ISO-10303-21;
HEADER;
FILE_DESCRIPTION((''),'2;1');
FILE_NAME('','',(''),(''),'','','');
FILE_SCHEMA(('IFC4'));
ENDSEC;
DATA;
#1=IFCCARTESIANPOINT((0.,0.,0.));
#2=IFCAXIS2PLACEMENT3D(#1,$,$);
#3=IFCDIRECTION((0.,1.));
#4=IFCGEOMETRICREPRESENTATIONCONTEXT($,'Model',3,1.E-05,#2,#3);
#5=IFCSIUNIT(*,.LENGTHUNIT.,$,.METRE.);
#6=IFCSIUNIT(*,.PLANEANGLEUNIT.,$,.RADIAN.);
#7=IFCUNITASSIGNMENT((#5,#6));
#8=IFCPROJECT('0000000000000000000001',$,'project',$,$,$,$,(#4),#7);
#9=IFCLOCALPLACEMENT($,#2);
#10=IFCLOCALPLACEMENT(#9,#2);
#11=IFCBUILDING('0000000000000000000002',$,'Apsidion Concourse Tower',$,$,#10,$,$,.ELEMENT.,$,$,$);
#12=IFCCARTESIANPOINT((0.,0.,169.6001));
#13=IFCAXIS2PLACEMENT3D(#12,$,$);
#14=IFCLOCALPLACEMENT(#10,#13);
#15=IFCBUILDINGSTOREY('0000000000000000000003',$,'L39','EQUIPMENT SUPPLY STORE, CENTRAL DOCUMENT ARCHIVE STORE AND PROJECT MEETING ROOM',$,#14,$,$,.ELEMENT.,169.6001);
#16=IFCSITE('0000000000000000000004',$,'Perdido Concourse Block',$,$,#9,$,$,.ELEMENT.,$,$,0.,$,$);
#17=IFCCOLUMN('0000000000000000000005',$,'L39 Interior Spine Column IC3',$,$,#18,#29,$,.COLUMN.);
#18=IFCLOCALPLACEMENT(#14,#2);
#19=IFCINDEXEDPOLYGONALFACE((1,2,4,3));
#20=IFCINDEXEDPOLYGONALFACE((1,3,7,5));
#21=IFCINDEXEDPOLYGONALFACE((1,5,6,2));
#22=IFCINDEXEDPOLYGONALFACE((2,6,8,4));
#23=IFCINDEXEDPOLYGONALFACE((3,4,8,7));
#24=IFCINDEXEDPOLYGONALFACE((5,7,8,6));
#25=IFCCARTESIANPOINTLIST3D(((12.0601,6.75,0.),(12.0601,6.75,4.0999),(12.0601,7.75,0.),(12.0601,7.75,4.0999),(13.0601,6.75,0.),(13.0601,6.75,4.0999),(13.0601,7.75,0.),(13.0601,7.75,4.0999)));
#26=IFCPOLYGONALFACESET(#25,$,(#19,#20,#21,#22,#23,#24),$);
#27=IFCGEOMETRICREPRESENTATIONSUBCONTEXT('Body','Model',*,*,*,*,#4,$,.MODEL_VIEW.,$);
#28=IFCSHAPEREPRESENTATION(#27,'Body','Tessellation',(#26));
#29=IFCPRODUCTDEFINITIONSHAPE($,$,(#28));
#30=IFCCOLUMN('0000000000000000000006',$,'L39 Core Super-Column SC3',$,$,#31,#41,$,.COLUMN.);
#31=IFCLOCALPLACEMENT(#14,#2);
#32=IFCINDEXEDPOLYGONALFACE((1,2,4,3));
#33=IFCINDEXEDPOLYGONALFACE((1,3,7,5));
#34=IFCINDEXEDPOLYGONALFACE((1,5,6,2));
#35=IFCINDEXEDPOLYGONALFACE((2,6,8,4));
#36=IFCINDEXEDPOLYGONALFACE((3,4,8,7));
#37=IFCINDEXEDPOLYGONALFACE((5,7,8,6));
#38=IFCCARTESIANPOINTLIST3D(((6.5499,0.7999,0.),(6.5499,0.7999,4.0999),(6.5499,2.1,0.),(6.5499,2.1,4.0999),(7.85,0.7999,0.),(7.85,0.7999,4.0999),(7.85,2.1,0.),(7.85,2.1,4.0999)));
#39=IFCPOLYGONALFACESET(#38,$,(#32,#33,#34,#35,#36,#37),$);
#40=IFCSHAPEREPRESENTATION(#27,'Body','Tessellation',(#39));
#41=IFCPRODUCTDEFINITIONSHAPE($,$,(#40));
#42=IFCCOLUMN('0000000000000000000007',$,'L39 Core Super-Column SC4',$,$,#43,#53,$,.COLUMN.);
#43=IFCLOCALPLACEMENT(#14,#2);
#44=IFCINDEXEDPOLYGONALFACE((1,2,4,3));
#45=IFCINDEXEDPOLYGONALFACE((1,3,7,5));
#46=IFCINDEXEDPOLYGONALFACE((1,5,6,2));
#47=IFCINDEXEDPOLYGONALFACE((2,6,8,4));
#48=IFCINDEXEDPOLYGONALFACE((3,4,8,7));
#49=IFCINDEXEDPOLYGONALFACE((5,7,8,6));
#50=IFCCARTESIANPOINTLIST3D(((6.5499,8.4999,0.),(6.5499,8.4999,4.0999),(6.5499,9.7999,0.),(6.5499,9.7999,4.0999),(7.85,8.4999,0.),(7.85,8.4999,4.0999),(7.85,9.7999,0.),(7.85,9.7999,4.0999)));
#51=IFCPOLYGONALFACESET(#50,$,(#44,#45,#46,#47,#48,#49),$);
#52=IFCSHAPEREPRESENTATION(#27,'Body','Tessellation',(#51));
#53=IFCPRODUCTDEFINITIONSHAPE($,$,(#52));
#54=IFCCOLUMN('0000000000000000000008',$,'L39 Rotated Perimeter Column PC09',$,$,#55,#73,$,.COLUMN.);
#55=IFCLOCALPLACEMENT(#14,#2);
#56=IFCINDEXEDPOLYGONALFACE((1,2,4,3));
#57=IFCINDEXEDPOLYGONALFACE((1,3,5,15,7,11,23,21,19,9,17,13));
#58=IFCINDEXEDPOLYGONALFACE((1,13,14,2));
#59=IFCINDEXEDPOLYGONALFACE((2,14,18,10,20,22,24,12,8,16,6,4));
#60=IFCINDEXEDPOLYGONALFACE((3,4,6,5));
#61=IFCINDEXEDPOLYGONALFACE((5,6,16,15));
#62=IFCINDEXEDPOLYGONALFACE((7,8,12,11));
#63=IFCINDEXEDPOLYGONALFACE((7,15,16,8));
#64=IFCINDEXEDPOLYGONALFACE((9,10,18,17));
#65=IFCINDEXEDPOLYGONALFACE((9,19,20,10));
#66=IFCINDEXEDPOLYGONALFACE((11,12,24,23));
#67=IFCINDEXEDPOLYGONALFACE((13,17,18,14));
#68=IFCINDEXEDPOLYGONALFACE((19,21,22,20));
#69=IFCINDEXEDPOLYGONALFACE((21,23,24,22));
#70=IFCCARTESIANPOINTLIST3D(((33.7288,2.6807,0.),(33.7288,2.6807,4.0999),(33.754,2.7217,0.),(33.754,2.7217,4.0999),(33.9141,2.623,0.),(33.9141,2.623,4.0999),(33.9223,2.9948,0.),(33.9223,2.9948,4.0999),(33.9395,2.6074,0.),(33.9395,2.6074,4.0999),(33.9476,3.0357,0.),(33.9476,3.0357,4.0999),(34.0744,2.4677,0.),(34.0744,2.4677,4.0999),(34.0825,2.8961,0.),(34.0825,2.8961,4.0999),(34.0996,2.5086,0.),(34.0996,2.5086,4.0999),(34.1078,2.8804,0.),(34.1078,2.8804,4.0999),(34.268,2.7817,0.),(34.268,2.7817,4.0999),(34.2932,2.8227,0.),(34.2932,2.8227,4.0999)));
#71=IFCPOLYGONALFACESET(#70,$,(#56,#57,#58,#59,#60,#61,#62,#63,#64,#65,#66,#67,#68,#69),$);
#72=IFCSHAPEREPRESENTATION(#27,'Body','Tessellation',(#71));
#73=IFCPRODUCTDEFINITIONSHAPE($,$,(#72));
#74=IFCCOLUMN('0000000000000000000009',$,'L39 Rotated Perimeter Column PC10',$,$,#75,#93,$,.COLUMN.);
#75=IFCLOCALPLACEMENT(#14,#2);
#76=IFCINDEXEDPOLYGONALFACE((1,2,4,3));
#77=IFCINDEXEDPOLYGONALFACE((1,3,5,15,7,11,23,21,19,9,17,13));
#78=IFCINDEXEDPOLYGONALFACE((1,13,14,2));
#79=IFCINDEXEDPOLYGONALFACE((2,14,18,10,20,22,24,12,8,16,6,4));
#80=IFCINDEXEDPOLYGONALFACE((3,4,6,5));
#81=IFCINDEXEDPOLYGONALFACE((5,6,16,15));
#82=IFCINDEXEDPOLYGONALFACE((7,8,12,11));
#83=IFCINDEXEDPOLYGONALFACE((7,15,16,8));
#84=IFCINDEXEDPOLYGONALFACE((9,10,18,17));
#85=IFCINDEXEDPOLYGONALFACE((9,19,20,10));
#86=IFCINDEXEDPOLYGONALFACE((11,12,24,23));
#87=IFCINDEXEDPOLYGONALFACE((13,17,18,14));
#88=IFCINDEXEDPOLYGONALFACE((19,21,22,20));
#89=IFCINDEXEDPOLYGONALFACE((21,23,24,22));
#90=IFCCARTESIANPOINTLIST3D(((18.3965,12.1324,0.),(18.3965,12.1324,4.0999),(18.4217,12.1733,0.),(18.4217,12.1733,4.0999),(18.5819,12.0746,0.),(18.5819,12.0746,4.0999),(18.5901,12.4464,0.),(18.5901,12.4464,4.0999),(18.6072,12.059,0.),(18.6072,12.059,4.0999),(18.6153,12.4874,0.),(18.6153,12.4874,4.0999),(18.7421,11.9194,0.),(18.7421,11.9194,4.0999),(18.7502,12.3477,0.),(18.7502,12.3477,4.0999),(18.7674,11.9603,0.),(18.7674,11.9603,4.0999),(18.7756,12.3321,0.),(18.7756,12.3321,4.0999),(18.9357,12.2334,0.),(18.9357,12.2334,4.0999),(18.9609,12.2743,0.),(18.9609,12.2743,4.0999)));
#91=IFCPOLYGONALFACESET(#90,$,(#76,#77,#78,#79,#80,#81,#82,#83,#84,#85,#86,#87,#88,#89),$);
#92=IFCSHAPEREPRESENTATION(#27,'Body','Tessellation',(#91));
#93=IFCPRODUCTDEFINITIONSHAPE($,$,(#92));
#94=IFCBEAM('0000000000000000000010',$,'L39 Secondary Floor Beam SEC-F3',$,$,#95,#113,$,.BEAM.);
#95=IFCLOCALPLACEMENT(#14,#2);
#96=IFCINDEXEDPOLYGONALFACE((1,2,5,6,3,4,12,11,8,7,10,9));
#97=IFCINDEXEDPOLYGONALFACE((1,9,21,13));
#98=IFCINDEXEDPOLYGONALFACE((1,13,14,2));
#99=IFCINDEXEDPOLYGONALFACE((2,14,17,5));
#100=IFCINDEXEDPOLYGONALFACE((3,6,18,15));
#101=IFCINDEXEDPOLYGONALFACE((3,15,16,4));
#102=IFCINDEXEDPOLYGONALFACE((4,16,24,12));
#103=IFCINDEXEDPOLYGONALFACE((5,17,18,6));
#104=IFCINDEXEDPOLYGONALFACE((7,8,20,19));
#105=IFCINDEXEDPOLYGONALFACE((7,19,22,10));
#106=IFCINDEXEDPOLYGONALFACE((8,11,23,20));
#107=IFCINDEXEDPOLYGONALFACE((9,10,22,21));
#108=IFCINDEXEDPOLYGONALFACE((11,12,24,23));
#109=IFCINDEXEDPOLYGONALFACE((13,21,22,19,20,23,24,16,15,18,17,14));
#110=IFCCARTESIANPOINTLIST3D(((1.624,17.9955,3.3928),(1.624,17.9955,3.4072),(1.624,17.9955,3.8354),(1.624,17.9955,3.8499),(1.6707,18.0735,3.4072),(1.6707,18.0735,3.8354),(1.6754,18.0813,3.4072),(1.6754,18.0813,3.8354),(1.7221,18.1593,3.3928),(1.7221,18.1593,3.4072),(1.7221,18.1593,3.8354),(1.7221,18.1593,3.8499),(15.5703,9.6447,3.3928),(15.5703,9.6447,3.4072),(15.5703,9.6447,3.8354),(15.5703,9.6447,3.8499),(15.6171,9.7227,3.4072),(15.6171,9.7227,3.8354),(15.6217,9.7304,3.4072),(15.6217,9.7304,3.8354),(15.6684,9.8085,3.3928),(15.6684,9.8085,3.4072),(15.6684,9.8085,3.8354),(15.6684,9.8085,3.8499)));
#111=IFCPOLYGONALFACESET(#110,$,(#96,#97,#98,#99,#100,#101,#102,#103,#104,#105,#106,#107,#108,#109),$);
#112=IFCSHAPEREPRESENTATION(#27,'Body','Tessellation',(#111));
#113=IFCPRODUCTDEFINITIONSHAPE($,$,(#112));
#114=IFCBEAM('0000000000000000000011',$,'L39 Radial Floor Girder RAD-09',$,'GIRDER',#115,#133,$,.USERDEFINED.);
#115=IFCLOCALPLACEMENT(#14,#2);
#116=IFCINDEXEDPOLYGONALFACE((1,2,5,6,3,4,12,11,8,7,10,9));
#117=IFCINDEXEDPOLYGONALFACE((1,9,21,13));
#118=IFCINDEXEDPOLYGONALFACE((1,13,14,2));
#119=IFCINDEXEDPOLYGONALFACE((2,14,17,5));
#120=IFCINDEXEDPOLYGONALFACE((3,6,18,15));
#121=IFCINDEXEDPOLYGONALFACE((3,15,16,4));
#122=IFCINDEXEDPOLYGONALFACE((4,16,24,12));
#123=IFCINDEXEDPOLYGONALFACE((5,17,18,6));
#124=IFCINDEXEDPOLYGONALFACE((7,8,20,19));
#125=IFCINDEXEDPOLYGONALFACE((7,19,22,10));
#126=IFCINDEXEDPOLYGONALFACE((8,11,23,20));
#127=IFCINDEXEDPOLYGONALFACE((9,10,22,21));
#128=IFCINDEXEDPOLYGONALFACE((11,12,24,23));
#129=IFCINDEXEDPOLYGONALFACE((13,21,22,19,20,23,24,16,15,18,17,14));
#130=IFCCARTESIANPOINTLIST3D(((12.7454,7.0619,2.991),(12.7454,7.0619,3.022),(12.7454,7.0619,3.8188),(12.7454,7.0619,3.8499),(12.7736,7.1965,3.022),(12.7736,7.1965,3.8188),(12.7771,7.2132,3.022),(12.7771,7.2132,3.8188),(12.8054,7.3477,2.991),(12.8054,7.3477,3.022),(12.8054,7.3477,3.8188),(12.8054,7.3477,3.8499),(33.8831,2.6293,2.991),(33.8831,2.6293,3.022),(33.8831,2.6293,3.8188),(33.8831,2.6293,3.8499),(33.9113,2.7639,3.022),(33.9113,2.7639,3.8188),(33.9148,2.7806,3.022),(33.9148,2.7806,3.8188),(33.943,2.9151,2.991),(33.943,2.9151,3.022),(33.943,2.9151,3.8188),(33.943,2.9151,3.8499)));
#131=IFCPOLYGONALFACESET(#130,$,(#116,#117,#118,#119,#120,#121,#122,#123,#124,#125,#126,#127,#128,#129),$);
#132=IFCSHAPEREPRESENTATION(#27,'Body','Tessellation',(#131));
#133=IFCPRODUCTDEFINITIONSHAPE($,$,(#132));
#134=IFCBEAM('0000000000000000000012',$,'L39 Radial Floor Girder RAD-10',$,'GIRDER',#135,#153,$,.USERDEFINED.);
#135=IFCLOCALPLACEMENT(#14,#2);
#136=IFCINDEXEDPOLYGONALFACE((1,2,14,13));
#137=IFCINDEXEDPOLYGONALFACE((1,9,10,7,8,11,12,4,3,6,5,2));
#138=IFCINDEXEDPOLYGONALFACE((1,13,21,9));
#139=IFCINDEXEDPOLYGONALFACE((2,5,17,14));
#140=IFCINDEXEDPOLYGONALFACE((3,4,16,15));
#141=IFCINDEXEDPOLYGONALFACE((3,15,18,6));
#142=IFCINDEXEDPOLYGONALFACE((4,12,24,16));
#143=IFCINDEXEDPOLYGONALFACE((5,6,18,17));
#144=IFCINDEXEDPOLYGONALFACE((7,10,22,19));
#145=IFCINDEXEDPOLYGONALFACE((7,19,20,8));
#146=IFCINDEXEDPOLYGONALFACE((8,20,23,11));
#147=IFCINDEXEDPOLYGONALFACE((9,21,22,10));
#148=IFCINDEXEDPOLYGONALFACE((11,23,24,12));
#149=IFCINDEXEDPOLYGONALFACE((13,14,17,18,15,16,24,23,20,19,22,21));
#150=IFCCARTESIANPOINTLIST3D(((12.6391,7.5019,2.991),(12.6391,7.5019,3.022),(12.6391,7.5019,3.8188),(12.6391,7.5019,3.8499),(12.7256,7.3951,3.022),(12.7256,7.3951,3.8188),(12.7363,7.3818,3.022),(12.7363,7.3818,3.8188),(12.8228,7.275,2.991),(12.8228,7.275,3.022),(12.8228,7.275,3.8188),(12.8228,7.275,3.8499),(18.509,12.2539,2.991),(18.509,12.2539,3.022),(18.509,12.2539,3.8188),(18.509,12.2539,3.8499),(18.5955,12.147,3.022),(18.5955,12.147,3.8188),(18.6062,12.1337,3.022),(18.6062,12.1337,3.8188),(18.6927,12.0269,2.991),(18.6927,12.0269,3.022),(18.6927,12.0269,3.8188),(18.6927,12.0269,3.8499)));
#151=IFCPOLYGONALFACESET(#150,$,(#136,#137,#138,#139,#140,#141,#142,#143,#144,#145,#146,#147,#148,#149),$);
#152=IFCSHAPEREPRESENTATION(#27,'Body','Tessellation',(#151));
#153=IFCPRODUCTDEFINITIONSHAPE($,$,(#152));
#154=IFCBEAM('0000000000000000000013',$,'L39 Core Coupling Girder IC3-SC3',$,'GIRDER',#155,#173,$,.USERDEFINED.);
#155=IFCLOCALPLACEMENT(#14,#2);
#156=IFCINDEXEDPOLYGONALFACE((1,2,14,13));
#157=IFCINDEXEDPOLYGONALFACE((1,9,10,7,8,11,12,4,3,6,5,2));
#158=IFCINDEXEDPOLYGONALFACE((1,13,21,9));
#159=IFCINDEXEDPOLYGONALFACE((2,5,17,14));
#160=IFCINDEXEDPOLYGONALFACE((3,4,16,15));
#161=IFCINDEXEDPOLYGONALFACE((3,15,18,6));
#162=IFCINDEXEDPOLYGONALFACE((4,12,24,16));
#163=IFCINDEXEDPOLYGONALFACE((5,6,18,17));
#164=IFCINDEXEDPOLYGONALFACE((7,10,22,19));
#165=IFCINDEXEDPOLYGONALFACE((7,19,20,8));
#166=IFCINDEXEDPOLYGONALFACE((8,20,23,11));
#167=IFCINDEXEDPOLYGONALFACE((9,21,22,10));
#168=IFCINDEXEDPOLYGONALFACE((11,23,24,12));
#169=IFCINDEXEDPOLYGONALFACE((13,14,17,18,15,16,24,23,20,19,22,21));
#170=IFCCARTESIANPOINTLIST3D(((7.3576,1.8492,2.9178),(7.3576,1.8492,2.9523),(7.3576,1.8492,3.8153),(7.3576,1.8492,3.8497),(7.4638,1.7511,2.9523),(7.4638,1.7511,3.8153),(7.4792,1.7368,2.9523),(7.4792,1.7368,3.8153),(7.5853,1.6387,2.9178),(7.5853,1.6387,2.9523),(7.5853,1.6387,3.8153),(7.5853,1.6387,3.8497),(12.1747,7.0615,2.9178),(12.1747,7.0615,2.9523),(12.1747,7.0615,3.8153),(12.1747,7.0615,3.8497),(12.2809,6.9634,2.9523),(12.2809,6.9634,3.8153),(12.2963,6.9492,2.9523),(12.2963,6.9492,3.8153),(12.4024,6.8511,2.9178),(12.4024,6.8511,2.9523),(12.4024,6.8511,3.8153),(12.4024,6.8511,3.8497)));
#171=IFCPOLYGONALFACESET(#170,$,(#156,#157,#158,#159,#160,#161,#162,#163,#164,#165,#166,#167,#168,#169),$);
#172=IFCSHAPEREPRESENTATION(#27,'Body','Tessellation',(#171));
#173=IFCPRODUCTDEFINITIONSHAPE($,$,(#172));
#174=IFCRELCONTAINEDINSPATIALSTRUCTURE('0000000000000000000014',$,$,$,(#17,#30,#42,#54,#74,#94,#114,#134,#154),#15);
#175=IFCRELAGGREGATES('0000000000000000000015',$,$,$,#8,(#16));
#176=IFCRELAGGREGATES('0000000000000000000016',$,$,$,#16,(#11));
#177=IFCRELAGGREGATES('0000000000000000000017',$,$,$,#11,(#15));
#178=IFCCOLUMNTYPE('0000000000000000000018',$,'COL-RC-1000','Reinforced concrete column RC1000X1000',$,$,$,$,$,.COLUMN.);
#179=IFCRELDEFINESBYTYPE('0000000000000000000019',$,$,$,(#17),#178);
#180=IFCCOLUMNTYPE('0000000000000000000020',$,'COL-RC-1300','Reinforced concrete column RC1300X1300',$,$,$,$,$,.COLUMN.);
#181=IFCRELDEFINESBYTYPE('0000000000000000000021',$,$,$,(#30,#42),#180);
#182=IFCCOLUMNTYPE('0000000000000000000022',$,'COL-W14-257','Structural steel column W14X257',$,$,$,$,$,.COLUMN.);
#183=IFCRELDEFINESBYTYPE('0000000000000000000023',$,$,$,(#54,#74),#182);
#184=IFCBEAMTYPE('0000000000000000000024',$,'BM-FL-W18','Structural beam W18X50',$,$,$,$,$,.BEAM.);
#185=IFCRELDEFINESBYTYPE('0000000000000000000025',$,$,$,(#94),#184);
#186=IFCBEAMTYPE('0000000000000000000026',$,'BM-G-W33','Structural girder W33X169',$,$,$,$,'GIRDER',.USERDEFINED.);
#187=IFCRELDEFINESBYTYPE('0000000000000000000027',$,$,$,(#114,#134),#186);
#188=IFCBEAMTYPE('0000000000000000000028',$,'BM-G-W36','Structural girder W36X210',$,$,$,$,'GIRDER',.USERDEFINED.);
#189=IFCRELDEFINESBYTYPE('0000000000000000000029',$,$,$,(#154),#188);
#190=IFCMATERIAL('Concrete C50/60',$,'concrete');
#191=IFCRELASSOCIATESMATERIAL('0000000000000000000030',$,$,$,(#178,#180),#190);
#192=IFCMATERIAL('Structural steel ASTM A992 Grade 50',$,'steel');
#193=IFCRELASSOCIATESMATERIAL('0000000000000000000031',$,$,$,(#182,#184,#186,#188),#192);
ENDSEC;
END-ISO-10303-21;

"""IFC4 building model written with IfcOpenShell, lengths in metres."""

from ifc_helpers import new_model, si_unit, direction, frame, origin, origin_2d, place, context, subcontext, project, spatial, rectangle, i_section, extrude, material, material_profile, profile_set, type_object, element, save


model = new_model("IFC4")

# Units and contexts
model_context = context("Model", 3, precision=1e-05, world=origin(), true_north=direction((0.0, 1.0)))
body_context = subcontext(model_context, "Body", "Model", "MODEL_VIEW")
ifc_project = project(units=[si_unit("LENGTHUNIT", "METRE"), si_unit("PLANEANGLEUNIT", "RADIAN")], contexts=[model_context])

# Site, building, storey
site_placement = place(None, origin())
site = spatial("IfcSite", under=ifc_project, at=site_placement, Name="Perdido Concourse Block", CompositionType="ELEMENT", RefElevation=0.0)
building_placement = place(site_placement, origin())
building = spatial("IfcBuilding", under=site, at=building_placement, Name="Apsidion Concourse Tower", CompositionType="ELEMENT")
storey_placement = place(building_placement, frame((0.0, 0.0, 169.6001)))
storey = spatial("IfcBuildingStorey", under=building, at=storey_placement, Name="L39", Description="EQUIPMENT SUPPLY STORE, CENTRAL DOCUMENT ARCHIVE STORE AND PROJECT MEETING ROOM", CompositionType="ELEMENT", Elevation=169.6001)

# Columns
ifc_material_1 = material(Name="Concrete C50/60", Category="concrete")
ifc_material_profile_1 = material_profile(ifc_material_1, rectangle(XDim=1.0, YDim=1.0, at=origin_2d()), Name="RC 1000x1000")
ifc_profile_set_1 = profile_set([ifc_material_profile_1], Name="Concrete C50/60")
column_type_1 = type_object("IfcColumnType", Name="COL-RC-1000", Description="Reinforced concrete column RC1000X1000", PredefinedType="COLUMN", material=ifc_profile_set_1)
column_placement = place(storey_placement, frame((12.5601, 7.25, 0.0), z_axis=(0.0, 0.0, 1.0), x_axis=(1.0, 0.0, 0.0)))
element("IfcColumn", 1, at=column_placement, inside=storey, type_object=column_type_1, Name="L39 Interior Spine Column IC3", PredefinedType="COLUMN", context=body_context, shape_type="SweptSolid", body=[
    extrude(rectangle(XDim=1.0, YDim=1.0, at=origin_2d()), origin(), (0.0, 0.0, 1.0), 4.0999),
])
ifc_material_profile_2 = material_profile(ifc_material_1, rectangle(XDim=1.3, YDim=1.3, at=origin_2d()), Name="RC 1300x1300")
ifc_profile_set_2 = profile_set([ifc_material_profile_2], Name="Concrete C50/60")
column_type_2 = type_object("IfcColumnType", Name="COL-RC-1300", Description="Reinforced concrete column RC1300X1300", PredefinedType="COLUMN", material=ifc_profile_set_2)
for number, where, z_axis, x_axis, name in (
    (2, (7.2, 1.45, 0.0), (0.0, 0.0, 1.0), (1.0, 0.0, 0.0), "L39 Core Super-Column SC3"),
    (3, (7.2, 9.1499, 0.0), (0.0, 0.0, 1.0), (1.0, 0.0, 0.0), "L39 Core Super-Column SC4"),
):
    element("IfcColumn", number, at=place(storey_placement, frame(where, z_axis=z_axis, x_axis=x_axis)), inside=storey, type_object=column_type_2, Name=name, PredefinedType="COLUMN", context=body_context, shape_type="SweptSolid", body=[
        extrude(rectangle(XDim=1.3, YDim=1.3, at=origin_2d()), origin(), (0.0, 0.0, 1.0), 4.0999),
    ])
ifc_material_2 = material(Name="Structural steel ASTM A992 Grade 50", Category="steel")
ifc_material_profile_3 = material_profile(ifc_material_2, i_section(OverallWidth=0.406, OverallDepth=0.417, WebThickness=0.0298, FlangeThickness=0.0481, at=origin_2d()), Name="W14X257")
ifc_profile_set_3 = profile_set([ifc_material_profile_3], Name="Structural steel ASTM A992 Grade 50")
column_type_3 = type_object("IfcColumnType", Name="COL-W14-257", Description="Structural steel column W14X257", PredefinedType="COLUMN", material=ifc_profile_set_3)
for number, where, z_axis, x_axis, name in (
    (4, (34.011, 2.7517, 0.0), (0.0, 0.0, 1.0), (-0.851269, 0.524729, 0.0), "L39 Rotated Perimeter Column PC09"),
    (5, (18.6787, 12.2034, 0.0), (0.0, 0.0, 1.0), (-0.851269, 0.524729, 0.0), "L39 Rotated Perimeter Column PC10"),
):
    element("IfcColumn", number, at=place(storey_placement, frame(where, z_axis=z_axis, x_axis=x_axis)), inside=storey, type_object=column_type_3, Name=name, PredefinedType="COLUMN", context=body_context, shape_type="SweptSolid", body=[
        extrude(i_section(OverallWidth=0.406, OverallDepth=0.417, WebThickness=0.0298, FlangeThickness=0.0481, at=origin_2d()), origin(), (0.0, 0.0, 1.0), 4.0999),
    ])

# Beams
ifc_material_profile_4 = material_profile(ifc_material_2, i_section(OverallWidth=0.1909, OverallDepth=0.457, WebThickness=0.009, FlangeThickness=0.0144, at=origin_2d()), Name="W18X50")
ifc_profile_set_4 = profile_set([ifc_material_profile_4], Name="Structural steel ASTM A992 Grade 50")
beam_type_1 = type_object("IfcBeamType", Name="BM-FL-W18", Description="Structural beam W18X50", PredefinedType="BEAM", material=ifc_profile_set_4)
beam_1_placement = place(storey_placement, frame((15.6194, 9.7266, 3.6213), z_axis=(-0.857952, 0.513729, 0.0), x_axis=(-0.513729, -0.857952, 0.0)))
element("IfcBeam", 6, at=beam_1_placement, inside=storey, type_object=beam_type_1, Name="L39 Secondary Floor Beam SEC-F3", PredefinedType="BEAM", context=body_context, shape_type="SweptSolid", body=[
    extrude(i_section(OverallWidth=0.1909, OverallDepth=0.457, WebThickness=0.009, FlangeThickness=0.0144, at=origin_2d()), origin(), (0.0, 0.0, 1.0), 16.2554),
])
ifc_material_profile_5 = material_profile(ifc_material_2, i_section(OverallWidth=0.292, OverallDepth=0.8589, WebThickness=0.0171, FlangeThickness=0.031, at=origin_2d()), Name="W33X169")
ifc_profile_set_5 = profile_set([ifc_material_profile_5], Name="Structural steel ASTM A992 Grade 50")
beam_type_2 = type_object("IfcBeamType", Name="BM-G-W33", Description="Structural girder W33X169", ElementType="GIRDER", PredefinedType="USERDEFINED", material=ifc_profile_set_5)
beam_2_placement = place(storey_placement, frame((12.7754, 7.2048, 3.4204), z_axis=(0.978712, -0.205238, 0.0), x_axis=(0.205238, 0.978712, 0.0)))
element("IfcBeam", 7, at=beam_2_placement, inside=storey, type_object=beam_type_2, Name="L39 Radial Floor Girder RAD-09", ObjectType="GIRDER", PredefinedType="USERDEFINED", context=body_context, shape_type="SweptSolid", body=[
    extrude(i_section(OverallWidth=0.292, OverallDepth=0.8589, WebThickness=0.0171, FlangeThickness=0.031, at=origin_2d()), origin(), (0.0, 0.0, 1.0), 21.5974),
])
beam_3_placement = place(storey_placement, frame((12.731, 7.3884, 3.4204), z_axis=(0.777235, 0.62921, 0.0), x_axis=(-0.62921, 0.777235, 0.0)))
element("IfcBeam", 8, at=beam_3_placement, inside=storey, type_object=beam_type_2, Name="L39 Radial Floor Girder RAD-10", ObjectType="GIRDER", PredefinedType="USERDEFINED", context=body_context, shape_type="SweptSolid", body=[
    extrude(i_section(OverallWidth=0.292, OverallDepth=0.8589, WebThickness=0.0171, FlangeThickness=0.031, at=origin_2d()), origin(), (0.0, 0.0, 1.0), 7.5522),
])
ifc_material_profile_6 = material_profile(ifc_material_2, i_section(OverallWidth=0.3101, OverallDepth=0.9319, WebThickness=0.021, FlangeThickness=0.0344, at=origin_2d()), Name="W36X210")
ifc_profile_set_6 = profile_set([ifc_material_profile_6], Name="Structural steel ASTM A992 Grade 50")
beam_type_3 = type_object("IfcBeamType", Name="BM-G-W36", Description="Structural girder W36X210", ElementType="GIRDER", PredefinedType="USERDEFINED", material=ifc_profile_set_6)
beam_4_placement = place(storey_placement, frame((12.2886, 6.9563, 3.3838), z_axis=(-0.678713, -0.734404, 0.0), x_axis=(0.734404, -0.678713, 0.0)))
element("IfcBeam", 9, at=beam_4_placement, inside=storey, type_object=beam_type_3, Name="L39 Core Coupling Girder IC3-SC3", ObjectType="GIRDER", PredefinedType="USERDEFINED", context=body_context, shape_type="SweptSolid", body=[
    extrude(i_section(OverallWidth=0.3101, OverallDepth=0.9319, WebThickness=0.021, FlangeThickness=0.0344, at=origin_2d()), origin(), (0.0, 0.0, 1.0), 7.0974),
])

save(model, "model.ifc")
